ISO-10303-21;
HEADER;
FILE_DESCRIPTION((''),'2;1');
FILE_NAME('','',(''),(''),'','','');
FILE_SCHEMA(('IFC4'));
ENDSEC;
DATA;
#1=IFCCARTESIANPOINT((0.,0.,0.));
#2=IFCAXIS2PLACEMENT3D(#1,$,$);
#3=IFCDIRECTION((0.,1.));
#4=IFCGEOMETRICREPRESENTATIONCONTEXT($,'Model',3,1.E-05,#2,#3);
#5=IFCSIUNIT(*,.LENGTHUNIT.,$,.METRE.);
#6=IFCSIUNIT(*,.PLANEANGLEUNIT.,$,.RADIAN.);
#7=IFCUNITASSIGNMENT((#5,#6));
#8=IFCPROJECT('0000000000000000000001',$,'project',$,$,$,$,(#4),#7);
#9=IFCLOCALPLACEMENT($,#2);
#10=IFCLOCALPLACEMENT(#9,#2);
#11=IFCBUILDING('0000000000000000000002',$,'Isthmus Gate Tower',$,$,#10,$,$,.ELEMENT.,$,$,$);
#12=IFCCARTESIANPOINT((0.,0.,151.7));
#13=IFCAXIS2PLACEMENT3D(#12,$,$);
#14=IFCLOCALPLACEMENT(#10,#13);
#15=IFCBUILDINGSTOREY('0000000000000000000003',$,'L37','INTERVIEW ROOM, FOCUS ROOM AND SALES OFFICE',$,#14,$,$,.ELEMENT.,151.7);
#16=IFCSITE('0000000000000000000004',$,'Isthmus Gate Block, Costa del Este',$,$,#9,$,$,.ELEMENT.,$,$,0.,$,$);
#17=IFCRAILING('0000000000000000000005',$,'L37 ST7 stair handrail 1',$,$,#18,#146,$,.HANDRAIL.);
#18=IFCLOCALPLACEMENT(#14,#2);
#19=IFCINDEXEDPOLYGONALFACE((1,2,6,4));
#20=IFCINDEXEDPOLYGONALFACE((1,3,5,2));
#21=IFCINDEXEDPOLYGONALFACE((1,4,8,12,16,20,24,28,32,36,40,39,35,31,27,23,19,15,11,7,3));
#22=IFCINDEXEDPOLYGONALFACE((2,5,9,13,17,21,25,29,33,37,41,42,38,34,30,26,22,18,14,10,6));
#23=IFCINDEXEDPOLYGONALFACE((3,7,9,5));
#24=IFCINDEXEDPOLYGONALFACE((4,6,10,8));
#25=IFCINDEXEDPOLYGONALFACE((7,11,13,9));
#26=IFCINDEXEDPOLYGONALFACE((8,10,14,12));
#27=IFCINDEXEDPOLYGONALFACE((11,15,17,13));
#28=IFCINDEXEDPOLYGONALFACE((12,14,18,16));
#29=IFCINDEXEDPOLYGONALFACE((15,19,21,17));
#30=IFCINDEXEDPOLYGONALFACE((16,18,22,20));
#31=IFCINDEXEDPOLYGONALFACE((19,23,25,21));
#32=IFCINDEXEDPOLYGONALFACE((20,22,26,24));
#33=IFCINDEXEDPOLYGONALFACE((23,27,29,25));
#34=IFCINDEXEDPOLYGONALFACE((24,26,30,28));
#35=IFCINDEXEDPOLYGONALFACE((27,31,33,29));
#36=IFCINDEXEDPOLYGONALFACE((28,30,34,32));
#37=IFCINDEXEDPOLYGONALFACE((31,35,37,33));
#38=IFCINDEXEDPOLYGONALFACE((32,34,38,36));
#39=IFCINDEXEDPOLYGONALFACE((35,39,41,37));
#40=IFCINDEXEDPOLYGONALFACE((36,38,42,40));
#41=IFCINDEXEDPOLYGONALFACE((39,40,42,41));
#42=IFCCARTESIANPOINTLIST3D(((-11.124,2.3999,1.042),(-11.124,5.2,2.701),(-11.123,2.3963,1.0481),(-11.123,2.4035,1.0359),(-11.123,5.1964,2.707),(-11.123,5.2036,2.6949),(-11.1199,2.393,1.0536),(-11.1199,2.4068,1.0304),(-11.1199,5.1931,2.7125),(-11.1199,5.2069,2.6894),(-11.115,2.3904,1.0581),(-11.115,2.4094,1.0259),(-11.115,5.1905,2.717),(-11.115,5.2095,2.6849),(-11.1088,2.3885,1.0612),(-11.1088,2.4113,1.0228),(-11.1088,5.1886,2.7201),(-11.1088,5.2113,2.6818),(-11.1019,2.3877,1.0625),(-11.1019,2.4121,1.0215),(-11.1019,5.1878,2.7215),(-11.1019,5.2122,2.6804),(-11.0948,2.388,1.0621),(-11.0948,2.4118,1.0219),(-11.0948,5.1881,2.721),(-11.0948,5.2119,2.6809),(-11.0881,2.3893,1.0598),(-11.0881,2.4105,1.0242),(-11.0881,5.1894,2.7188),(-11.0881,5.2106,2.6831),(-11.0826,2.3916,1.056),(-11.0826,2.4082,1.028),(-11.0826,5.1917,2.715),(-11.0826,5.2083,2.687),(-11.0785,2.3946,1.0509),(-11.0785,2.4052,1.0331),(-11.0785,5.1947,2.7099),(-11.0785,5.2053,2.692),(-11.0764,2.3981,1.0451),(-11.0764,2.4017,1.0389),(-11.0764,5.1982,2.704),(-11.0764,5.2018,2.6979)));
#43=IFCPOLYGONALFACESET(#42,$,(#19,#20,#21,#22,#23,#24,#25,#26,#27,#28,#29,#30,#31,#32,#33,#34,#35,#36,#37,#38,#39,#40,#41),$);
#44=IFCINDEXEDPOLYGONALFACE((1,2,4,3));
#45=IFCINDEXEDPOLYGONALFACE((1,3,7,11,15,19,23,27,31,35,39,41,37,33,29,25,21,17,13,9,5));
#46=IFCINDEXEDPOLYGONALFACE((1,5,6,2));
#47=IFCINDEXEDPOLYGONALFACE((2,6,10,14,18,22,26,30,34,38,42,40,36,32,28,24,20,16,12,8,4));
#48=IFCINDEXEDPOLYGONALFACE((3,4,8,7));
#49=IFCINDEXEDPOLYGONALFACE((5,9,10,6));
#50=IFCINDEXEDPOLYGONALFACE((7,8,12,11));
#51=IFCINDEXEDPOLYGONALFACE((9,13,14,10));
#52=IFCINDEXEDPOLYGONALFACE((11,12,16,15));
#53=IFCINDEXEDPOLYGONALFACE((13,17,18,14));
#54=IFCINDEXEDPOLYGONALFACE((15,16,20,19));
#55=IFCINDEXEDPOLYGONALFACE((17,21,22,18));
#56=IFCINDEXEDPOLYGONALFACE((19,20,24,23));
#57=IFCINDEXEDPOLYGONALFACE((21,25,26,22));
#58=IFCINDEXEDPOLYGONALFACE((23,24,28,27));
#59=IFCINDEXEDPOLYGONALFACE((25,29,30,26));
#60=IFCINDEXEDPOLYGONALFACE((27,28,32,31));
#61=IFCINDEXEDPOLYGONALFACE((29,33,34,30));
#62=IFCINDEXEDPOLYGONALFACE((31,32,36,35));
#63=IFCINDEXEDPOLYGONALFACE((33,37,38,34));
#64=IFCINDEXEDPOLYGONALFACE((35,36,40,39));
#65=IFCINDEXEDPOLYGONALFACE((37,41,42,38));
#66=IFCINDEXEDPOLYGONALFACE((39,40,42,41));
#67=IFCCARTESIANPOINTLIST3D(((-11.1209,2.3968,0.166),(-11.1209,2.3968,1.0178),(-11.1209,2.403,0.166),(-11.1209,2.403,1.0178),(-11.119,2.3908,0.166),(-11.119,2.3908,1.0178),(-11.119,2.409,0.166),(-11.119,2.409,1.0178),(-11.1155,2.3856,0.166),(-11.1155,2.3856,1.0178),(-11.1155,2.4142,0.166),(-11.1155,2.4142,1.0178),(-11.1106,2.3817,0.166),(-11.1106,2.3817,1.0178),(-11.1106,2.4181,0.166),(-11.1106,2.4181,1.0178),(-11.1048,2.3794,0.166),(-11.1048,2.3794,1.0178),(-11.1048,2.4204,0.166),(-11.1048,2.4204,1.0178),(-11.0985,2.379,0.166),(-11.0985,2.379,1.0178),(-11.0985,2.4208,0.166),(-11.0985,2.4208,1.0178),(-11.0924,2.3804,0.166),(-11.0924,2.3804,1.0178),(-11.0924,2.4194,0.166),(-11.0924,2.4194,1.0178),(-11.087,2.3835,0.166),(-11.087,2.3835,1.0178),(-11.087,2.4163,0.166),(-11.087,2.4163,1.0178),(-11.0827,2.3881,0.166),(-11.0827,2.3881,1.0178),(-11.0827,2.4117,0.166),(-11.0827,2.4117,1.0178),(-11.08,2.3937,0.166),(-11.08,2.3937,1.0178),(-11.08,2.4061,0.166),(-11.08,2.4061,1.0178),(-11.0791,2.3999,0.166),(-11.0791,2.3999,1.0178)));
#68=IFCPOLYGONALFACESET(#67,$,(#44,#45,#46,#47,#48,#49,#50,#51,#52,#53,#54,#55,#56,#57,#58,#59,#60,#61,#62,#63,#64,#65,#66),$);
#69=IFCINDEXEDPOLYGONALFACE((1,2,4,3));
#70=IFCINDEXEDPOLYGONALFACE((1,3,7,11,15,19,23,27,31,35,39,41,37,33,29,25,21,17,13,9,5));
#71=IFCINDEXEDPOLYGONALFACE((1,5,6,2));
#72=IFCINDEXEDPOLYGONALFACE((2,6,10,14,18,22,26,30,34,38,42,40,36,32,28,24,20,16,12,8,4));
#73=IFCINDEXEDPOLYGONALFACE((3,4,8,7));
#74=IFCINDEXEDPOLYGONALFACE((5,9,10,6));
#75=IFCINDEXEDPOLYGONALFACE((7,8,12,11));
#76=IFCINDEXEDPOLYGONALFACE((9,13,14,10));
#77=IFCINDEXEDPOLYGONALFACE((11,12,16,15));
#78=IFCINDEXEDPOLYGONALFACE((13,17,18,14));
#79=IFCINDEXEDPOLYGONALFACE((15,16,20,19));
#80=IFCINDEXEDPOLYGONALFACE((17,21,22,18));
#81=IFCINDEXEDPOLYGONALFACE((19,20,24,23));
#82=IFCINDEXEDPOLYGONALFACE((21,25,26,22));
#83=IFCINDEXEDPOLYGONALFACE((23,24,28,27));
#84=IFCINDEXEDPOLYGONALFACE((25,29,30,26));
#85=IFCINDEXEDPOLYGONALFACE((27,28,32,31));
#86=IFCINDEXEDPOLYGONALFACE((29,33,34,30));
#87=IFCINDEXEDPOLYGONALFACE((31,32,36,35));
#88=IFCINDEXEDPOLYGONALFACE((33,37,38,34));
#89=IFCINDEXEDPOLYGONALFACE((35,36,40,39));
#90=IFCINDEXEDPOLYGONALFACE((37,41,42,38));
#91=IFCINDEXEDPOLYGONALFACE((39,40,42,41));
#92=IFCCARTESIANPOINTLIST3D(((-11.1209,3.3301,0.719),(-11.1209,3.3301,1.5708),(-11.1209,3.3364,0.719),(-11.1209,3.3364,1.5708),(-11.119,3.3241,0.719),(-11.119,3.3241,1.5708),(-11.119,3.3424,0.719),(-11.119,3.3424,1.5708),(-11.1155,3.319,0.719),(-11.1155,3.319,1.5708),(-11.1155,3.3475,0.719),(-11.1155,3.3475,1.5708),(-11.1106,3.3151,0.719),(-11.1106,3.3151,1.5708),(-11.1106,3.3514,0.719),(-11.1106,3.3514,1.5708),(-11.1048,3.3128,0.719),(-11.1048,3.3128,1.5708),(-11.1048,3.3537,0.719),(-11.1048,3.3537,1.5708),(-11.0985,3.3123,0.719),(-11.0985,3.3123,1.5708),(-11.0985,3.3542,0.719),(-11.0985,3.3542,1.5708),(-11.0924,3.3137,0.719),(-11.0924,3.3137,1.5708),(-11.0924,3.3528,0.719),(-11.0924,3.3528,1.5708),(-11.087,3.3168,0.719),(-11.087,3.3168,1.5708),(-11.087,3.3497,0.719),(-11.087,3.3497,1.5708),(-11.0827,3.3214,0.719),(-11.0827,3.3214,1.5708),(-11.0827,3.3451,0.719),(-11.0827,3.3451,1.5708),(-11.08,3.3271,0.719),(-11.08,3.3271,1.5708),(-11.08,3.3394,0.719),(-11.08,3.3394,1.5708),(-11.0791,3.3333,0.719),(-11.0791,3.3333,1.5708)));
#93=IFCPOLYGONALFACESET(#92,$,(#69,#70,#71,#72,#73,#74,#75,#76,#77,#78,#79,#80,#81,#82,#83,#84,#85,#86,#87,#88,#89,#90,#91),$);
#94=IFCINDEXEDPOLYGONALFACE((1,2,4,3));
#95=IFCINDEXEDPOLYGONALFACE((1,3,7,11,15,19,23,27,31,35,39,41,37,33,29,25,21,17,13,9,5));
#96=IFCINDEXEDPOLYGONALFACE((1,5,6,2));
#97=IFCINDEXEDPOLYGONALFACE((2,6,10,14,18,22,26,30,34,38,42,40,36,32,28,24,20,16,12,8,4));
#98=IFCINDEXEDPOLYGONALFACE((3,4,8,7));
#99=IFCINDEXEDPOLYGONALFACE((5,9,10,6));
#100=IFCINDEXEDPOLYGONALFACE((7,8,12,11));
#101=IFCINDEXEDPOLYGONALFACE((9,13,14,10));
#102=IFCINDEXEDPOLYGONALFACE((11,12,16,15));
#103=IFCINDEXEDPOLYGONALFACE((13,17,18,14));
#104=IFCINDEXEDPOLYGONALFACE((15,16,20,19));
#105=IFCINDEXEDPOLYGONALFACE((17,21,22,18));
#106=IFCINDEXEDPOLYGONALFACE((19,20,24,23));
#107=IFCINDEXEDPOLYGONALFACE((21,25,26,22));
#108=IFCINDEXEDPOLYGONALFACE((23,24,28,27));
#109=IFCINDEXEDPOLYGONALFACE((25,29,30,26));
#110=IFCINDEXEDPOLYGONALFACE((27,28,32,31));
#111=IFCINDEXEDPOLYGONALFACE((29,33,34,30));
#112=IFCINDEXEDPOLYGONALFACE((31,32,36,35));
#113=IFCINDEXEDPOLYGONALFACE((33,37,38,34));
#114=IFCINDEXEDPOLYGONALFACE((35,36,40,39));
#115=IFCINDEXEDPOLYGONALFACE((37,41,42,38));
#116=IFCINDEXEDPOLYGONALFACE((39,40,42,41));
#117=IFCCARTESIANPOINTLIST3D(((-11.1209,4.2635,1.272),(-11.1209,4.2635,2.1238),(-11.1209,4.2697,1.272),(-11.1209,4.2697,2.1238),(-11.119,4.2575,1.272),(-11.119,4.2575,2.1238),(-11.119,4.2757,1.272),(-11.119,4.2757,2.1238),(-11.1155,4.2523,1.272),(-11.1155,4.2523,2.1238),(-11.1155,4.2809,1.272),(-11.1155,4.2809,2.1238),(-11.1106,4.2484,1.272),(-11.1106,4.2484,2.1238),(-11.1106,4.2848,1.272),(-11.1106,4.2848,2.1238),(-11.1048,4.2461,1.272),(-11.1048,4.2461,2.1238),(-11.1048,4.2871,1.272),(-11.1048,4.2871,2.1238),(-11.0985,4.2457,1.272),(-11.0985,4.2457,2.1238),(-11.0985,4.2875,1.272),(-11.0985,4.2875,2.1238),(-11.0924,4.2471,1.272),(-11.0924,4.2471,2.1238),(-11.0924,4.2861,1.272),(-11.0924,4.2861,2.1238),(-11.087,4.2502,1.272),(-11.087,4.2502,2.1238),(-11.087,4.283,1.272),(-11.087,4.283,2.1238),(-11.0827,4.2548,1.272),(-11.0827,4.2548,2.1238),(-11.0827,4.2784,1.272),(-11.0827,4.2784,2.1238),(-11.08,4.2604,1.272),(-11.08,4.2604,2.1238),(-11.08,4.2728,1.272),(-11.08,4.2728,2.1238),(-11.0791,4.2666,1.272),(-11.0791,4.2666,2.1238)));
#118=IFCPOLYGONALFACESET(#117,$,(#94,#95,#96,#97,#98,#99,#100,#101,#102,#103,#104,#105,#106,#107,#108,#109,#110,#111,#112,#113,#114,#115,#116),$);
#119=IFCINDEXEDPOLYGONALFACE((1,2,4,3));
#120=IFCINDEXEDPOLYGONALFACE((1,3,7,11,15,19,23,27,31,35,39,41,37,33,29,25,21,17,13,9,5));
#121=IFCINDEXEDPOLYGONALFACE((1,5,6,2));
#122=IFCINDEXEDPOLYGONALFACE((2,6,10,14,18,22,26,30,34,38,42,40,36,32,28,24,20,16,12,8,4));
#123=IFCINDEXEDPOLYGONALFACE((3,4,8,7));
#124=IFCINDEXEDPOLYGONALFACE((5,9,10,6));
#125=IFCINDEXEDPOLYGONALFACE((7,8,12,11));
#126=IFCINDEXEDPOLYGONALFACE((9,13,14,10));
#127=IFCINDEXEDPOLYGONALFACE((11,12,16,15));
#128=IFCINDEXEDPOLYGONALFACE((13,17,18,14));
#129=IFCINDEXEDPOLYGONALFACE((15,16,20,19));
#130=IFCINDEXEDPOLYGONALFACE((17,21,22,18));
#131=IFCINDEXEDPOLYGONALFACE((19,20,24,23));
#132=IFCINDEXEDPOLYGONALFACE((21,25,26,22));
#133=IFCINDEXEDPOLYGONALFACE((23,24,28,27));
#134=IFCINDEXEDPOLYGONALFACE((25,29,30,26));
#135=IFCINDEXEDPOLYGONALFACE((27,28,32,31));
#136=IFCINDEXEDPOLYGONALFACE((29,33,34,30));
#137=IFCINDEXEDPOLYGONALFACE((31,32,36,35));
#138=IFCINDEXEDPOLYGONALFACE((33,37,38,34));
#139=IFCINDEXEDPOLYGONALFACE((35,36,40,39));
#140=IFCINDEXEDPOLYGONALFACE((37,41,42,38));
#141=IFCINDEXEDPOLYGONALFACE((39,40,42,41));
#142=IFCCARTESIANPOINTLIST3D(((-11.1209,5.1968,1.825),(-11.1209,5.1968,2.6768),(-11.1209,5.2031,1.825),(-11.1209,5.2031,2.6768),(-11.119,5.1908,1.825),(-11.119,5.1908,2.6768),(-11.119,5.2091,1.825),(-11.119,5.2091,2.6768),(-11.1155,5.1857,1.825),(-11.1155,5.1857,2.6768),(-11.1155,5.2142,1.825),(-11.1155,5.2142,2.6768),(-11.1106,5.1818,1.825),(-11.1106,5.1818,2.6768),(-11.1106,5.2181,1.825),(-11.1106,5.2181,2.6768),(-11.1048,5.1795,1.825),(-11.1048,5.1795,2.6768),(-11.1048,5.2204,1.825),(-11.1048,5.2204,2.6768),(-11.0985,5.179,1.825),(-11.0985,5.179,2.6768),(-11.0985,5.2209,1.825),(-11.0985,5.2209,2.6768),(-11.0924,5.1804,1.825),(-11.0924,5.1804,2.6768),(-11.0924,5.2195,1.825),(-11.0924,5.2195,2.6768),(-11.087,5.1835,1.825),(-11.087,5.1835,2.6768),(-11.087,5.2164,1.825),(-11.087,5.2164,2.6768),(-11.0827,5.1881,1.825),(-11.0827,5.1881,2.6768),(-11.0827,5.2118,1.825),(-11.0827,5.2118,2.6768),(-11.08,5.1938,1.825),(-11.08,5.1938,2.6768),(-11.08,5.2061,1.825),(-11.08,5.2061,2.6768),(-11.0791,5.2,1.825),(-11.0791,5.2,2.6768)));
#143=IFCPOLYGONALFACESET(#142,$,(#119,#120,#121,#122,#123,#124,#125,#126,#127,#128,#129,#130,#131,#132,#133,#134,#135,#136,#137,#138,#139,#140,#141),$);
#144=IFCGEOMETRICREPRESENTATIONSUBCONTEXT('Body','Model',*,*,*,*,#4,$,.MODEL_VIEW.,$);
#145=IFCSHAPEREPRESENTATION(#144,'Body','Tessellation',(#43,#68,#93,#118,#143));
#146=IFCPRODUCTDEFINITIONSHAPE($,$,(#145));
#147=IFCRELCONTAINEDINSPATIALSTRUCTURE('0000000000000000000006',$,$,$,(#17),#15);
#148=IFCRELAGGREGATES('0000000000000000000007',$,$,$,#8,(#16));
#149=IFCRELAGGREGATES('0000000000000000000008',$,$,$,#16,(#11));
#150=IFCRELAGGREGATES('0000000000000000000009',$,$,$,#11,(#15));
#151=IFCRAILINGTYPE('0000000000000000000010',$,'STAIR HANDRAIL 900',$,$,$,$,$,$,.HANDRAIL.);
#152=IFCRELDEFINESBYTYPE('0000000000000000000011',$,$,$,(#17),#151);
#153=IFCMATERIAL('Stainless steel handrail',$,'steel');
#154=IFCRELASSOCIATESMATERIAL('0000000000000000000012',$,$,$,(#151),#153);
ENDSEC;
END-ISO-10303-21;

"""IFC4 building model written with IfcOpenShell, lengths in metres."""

from ifc_helpers import new_model, si_unit, direction, frame, origin, origin_2d, place, context, subcontext, project, spatial, circle, extrude, material, type_object, element, save


model = new_model("IFC4")

# Units and contexts
model_context = context("Model", 3, precision=1e-05, world=origin(), true_north=direction((0.0, 1.0)))
body_context = subcontext(model_context, "Body", "Model", "MODEL_VIEW")
ifc_project = project(units=[si_unit("LENGTHUNIT", "METRE"), si_unit("PLANEANGLEUNIT", "RADIAN")], contexts=[model_context])

# Site, building, storey
site_placement = place(None, origin())
site = spatial("IfcSite", under=ifc_project, at=site_placement, Name="Isthmus Gate Block, Costa del Este", CompositionType="ELEMENT", RefElevation=0.0)
building_placement = place(site_placement, origin())
building = spatial("IfcBuilding", under=site, at=building_placement, Name="Isthmus Gate Tower", CompositionType="ELEMENT")
storey_placement = place(building_placement, frame((0.0, 0.0, 151.7)))
storey = spatial("IfcBuildingStorey", under=building, at=storey_placement, Name="L37", Description="INTERVIEW ROOM, FOCUS ROOM AND SALES OFFICE", CompositionType="ELEMENT", Elevation=151.7)

# Railing
ifc_material_1 = material(Name="Stainless steel handrail", Category="steel")
railing_type_1 = type_object("IfcRailingType", Name="STAIR HANDRAIL 900", PredefinedType="HANDRAIL", material=ifc_material_1)
railing_1_placement = place(storey_placement, frame((-11.1001, 2.3999, 0.166)))
element("IfcRailing", 1, at=railing_1_placement, inside=storey, type_object=railing_type_1, Name="L37 ST7 stair handrail 1", PredefinedType="HANDRAIL", context=body_context, shape_type="SweptSolid", body=[
    extrude(circle(Radius=0.0239, at=origin_2d()), frame((0.0, 0.0, 0.876), z_axis=(0.0, 0.860339, 0.509722), x_axis=(-1.0, 0.0, 0.0)), (0.0, 0.0, 1.0), 3.2546),
    extrude(circle(Radius=0.021, at=origin_2d()), origin(), (0.0, 0.0, 1.0), 0.8518),
    extrude(circle(Radius=0.021, at=origin_2d()), frame((0.0, 0.9333, 0.553)), (0.0, 0.0, 1.0), 0.8518),
    extrude(circle(Radius=0.021, at=origin_2d()), frame((0.0, 1.8667, 1.106)), (0.0, 0.0, 1.0), 0.8518),
    extrude(circle(Radius=0.021, at=origin_2d()), frame((0.0, 2.8, 1.6589)), (0.0, 0.0, 1.0), 0.8518),
])

save(model, "model.ifc")
